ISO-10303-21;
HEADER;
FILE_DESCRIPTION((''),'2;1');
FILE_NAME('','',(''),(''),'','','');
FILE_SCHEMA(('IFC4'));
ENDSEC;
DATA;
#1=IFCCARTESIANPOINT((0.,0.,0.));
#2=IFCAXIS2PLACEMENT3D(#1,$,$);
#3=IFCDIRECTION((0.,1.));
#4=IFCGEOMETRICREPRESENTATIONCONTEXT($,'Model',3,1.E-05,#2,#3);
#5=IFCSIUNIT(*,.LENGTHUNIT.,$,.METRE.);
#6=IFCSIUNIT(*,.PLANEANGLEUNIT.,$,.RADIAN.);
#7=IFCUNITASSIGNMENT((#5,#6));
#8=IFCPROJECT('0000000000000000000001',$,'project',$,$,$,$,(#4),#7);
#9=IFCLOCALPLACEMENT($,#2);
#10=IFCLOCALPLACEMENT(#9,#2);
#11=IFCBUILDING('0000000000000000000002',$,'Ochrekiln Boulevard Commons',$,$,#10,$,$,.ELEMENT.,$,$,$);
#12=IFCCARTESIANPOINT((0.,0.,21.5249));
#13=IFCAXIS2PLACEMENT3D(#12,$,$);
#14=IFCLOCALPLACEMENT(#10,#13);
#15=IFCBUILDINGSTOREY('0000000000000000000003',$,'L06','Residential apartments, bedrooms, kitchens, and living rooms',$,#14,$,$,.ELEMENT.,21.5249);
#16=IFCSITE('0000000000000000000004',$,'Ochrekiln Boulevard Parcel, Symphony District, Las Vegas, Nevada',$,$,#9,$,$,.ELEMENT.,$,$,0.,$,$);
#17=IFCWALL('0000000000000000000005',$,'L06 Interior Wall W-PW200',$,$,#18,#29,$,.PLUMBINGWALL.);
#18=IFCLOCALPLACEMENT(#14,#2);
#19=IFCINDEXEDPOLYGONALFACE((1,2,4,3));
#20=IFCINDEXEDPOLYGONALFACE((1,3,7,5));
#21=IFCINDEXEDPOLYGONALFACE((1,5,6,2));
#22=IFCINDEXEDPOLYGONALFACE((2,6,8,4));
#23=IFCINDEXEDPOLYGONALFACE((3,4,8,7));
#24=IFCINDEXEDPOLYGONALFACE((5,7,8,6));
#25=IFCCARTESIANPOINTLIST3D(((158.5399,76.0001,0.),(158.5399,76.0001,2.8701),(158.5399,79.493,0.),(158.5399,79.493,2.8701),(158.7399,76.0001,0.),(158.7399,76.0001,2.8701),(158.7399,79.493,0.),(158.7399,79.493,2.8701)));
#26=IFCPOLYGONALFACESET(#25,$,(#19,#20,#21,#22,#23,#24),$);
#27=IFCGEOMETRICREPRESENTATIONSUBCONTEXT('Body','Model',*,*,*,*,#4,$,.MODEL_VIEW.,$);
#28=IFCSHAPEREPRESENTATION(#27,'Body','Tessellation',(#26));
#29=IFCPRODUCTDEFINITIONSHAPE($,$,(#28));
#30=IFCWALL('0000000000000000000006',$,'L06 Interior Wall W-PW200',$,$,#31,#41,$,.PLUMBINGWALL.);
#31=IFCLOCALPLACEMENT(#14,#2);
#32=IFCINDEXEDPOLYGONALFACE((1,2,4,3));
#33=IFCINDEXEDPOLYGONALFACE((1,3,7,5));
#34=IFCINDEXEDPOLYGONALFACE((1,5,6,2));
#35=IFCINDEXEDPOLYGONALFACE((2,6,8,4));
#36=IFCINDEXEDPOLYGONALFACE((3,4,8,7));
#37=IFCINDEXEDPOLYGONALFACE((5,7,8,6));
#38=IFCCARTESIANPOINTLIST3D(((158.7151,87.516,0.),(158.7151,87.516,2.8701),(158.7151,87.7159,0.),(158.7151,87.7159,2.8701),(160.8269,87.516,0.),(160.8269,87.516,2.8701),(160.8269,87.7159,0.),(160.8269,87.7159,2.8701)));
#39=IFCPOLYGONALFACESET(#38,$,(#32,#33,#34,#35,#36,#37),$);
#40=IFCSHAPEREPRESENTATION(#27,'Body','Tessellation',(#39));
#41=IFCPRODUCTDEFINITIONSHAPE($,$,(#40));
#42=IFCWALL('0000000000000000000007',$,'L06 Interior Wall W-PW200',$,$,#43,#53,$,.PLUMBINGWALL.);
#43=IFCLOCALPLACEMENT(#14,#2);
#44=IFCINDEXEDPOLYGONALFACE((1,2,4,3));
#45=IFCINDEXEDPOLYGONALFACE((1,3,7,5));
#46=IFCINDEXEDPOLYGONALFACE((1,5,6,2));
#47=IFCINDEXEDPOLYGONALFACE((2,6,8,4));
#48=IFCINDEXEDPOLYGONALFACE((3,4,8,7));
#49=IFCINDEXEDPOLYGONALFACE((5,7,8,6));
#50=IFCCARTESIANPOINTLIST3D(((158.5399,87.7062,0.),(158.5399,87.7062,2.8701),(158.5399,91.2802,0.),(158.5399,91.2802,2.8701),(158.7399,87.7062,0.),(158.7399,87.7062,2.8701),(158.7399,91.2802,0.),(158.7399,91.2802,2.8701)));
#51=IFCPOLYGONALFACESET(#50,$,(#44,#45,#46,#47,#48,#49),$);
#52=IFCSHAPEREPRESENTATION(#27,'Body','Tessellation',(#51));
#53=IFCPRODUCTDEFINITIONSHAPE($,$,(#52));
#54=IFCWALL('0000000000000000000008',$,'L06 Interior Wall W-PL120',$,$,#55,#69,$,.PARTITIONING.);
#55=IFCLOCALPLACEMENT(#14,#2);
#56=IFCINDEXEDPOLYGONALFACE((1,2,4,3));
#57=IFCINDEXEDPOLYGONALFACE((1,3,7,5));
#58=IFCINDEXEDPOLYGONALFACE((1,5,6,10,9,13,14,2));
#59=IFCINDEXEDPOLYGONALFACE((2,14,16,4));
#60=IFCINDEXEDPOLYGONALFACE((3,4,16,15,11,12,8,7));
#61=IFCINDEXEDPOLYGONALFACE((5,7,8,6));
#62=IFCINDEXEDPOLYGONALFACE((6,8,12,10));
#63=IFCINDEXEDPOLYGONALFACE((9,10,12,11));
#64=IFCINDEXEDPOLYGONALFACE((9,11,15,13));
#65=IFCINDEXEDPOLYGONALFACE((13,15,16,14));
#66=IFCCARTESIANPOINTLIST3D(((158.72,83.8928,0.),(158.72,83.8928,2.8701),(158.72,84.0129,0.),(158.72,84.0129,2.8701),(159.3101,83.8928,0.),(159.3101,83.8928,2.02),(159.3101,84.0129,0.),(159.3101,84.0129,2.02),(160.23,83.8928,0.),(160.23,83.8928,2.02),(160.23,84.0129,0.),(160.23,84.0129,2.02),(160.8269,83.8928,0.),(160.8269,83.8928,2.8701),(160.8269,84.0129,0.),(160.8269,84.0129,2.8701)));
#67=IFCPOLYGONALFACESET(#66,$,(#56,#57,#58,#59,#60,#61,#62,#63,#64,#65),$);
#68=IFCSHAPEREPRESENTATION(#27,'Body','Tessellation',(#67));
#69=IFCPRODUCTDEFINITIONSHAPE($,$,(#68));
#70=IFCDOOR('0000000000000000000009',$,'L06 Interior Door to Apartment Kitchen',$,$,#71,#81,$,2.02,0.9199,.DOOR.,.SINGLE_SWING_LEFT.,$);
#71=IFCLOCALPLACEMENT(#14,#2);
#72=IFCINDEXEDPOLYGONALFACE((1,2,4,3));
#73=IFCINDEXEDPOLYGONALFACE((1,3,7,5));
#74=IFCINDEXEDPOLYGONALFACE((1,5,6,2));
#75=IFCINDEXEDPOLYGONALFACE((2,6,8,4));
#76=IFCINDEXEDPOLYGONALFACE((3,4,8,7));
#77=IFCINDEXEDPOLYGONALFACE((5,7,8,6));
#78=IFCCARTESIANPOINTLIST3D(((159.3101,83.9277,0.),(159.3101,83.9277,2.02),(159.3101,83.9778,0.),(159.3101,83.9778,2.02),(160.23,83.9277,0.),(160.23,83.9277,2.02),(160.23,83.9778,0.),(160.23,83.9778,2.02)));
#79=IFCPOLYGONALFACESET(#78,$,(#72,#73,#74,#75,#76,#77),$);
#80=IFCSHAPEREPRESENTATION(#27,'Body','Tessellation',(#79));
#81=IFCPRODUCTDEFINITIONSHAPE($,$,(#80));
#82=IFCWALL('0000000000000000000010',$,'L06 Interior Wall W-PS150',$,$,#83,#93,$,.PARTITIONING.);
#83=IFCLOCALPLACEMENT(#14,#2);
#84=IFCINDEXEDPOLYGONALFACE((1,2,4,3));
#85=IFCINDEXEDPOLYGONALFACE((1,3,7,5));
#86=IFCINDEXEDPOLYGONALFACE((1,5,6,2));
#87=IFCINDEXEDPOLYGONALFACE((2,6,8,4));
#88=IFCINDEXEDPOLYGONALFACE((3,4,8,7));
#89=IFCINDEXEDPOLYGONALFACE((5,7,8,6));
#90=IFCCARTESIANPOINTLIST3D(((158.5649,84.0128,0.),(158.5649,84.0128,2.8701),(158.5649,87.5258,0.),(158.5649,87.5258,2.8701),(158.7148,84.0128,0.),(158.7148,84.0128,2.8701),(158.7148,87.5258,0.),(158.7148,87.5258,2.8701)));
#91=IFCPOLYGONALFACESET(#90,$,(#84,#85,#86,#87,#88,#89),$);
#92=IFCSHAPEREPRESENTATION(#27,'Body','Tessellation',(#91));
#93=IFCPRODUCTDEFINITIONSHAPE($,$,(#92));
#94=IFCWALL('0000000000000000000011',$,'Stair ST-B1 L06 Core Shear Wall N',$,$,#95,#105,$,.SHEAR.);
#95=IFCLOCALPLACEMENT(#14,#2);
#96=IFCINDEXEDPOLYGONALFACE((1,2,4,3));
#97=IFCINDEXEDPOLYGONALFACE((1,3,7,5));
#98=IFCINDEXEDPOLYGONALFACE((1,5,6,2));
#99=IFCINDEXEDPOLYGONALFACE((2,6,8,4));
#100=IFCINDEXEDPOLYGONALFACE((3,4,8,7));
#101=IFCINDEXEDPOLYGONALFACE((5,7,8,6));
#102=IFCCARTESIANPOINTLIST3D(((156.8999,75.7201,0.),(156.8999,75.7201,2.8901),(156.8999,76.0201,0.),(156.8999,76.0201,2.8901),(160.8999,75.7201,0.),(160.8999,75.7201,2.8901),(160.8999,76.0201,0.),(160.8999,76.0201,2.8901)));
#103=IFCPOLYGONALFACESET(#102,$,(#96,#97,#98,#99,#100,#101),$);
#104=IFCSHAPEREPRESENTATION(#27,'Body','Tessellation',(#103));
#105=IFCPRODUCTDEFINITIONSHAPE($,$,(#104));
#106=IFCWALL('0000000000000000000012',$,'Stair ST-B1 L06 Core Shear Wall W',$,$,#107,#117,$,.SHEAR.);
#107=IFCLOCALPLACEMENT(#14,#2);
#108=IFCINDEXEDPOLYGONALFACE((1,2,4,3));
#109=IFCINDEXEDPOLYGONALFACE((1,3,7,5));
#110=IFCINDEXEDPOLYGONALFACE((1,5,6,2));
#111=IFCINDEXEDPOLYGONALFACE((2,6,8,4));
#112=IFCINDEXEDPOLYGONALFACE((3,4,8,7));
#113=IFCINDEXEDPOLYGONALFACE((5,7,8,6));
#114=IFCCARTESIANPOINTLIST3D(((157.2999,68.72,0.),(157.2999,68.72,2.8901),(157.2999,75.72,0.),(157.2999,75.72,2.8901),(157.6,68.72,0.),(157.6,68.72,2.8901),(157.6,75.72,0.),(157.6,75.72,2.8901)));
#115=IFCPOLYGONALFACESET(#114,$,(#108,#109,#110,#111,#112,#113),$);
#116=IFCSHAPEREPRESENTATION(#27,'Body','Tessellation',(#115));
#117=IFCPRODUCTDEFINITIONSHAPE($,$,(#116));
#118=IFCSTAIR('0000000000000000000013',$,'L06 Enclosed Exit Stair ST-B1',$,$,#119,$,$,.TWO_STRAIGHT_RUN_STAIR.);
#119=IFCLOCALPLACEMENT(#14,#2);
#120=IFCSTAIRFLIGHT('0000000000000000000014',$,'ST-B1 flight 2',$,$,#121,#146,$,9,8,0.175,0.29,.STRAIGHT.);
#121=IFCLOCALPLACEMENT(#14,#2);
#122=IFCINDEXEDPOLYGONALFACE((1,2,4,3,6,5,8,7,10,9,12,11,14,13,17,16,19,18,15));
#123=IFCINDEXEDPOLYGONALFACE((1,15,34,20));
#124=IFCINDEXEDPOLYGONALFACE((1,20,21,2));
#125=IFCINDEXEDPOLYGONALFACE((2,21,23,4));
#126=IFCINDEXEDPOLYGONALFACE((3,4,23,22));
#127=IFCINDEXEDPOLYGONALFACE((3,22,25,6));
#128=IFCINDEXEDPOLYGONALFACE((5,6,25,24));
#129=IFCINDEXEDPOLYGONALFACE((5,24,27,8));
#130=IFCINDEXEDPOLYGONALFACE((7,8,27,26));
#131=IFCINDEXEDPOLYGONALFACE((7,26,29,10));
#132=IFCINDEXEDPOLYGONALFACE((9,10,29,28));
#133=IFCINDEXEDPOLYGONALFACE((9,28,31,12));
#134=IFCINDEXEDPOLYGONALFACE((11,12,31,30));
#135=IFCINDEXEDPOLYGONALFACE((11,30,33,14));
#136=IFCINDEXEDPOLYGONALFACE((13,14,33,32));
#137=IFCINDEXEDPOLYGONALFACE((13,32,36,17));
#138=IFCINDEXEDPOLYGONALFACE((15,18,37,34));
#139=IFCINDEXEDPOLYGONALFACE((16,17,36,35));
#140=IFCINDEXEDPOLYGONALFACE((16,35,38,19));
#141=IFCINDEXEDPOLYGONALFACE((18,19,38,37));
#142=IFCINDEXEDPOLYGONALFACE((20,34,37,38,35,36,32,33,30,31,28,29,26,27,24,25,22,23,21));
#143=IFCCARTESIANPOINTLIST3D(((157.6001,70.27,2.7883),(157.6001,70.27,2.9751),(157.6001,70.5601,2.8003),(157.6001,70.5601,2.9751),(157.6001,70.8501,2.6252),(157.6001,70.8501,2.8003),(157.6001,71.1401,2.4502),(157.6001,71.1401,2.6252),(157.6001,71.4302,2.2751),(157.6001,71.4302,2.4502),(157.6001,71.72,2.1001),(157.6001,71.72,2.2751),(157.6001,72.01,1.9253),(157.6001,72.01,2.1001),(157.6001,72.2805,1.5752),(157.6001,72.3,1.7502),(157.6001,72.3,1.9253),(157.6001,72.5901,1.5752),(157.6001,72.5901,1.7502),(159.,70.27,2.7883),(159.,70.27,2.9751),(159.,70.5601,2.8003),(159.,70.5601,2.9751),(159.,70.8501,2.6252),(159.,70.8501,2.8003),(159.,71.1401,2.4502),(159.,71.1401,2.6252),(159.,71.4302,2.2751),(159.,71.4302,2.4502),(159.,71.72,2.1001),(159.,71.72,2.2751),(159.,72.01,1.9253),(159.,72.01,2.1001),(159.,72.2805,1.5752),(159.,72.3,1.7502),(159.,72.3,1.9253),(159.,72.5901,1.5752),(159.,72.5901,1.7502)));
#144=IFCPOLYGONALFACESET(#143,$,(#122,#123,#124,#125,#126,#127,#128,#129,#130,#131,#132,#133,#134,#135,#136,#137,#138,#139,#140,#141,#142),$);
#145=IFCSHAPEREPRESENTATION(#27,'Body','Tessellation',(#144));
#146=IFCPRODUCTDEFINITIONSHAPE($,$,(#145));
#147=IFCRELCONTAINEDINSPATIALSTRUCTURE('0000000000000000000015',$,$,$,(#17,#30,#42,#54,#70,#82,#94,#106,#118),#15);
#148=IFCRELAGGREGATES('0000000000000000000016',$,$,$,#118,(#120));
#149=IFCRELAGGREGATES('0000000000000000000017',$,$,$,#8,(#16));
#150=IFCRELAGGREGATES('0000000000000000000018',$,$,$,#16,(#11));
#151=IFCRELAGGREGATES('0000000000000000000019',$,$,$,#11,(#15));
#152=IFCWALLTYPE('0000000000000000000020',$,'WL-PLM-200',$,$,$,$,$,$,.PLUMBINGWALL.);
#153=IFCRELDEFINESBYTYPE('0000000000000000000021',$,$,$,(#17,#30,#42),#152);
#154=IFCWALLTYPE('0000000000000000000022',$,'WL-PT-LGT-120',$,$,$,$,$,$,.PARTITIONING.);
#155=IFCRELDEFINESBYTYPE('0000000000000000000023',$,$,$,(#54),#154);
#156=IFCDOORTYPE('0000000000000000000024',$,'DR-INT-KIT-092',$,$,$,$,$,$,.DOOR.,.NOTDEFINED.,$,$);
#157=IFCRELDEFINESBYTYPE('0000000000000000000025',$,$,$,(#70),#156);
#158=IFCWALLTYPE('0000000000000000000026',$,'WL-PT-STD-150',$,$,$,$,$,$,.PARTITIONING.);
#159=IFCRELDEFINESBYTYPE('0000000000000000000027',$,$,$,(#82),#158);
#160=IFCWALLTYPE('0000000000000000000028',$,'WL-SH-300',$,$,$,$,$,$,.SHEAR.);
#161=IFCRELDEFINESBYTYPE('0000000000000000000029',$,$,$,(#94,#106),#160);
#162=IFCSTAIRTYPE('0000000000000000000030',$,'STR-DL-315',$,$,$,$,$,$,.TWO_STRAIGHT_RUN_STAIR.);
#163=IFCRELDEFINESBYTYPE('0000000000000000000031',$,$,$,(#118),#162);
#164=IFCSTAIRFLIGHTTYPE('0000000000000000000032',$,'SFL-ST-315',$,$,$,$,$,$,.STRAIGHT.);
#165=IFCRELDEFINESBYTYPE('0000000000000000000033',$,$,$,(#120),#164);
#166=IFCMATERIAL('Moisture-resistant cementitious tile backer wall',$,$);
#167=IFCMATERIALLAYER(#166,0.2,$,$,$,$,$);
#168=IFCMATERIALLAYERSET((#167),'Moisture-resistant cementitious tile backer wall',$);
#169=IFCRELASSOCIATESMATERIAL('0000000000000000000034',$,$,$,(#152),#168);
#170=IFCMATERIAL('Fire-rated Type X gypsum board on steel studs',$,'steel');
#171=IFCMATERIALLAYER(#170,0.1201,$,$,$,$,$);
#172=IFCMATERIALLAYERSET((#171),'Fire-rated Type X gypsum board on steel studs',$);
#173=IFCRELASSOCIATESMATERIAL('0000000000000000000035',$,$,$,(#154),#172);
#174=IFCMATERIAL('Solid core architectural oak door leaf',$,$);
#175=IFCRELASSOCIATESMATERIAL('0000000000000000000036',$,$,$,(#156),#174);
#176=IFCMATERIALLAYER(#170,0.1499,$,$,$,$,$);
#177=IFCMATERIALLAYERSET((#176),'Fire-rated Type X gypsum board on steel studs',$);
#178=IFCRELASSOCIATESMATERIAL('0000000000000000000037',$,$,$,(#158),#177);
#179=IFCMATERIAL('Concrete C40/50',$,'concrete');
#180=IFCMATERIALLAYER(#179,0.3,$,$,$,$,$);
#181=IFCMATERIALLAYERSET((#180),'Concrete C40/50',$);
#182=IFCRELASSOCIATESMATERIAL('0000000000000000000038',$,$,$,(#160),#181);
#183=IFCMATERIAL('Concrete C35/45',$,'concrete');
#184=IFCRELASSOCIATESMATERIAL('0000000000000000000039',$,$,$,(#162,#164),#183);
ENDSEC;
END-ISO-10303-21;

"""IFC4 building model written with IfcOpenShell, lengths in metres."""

from ifc_helpers import new_model, si_unit, direction, frame, frame_2d, origin, place, context, subcontext, project, spatial, polyline, rectangle, outline, extrude, material, layer, layer_set, type_object, element, fill, aggregate, save


model = new_model("IFC4")

# Units and contexts
model_context = context("Model", 3, precision=1e-05, world=origin(), true_north=direction((0.0, 1.0)))
body_context = subcontext(model_context, "Body", "Model", "MODEL_VIEW")
ifc_project = project(units=[si_unit("LENGTHUNIT", "METRE"), si_unit("PLANEANGLEUNIT", "RADIAN")], contexts=[model_context])

# Site, building, storey
site_placement = place(None, origin())
site = spatial("IfcSite", under=ifc_project, at=site_placement, Name="Ochrekiln Boulevard Parcel, Symphony District, Las Vegas, Nevada", CompositionType="ELEMENT", RefElevation=0.0)
building_placement = place(site_placement, origin())
building = spatial("IfcBuilding", under=site, at=building_placement, Name="Ochrekiln Boulevard Commons", CompositionType="ELEMENT")
storey_placement = place(building_placement, frame((0.0, 0.0, 21.5249)))
storey = spatial("IfcBuildingStorey", under=building, at=storey_placement, Name="L06", Description="Residential apartments, bedrooms, kitchens, and living rooms", CompositionType="ELEMENT", Elevation=21.5249)

# Shared definitions
ifc_material_1 = material(Name="Concrete C40/50", Category="concrete")

# Shared definitions
ifc_material_2 = material(Name="Moisture-resistant cementitious tile backer wall")
ifc_layer_1 = layer(ifc_material_2, 0.2)
ifc_layer_set_1 = layer_set([ifc_layer_1], Name="Moisture-resistant cementitious tile backer wall")
wall_type_1 = type_object("IfcWallType", Name="WL-PLM-200", PredefinedType="PLUMBINGWALL", material=ifc_layer_set_1)
ifc_material_3 = material(Name="Solid core architectural oak door leaf")

# Walls
wall_1_placement = place(storey_placement, frame((158.6399, 76.0, 0.0), z_axis=(0.0, 0.0, 1.0), x_axis=(0.0, 1.0, 0.0)))
element("IfcWall", 1, at=wall_1_placement, inside=storey, type_object=wall_type_1, Name="L06 Interior Wall W-PW200", PredefinedType="PLUMBINGWALL", context=body_context, shape_type="SweptSolid", body=[
    extrude(rectangle(XDim=3.4929, YDim=0.2, at=frame_2d((1.7466, 0.0))), origin(), (0.0, 0.0, 1.0), 2.8701),
])
wall_2_placement = place(storey_placement, frame((158.7151, 87.616, 0.0), z_axis=(0.0, 0.0, 1.0), x_axis=(1.0, 0.0, 0.0)))
element("IfcWall", 2, at=wall_2_placement, inside=storey, type_object=wall_type_1, Name="L06 Interior Wall W-PW200", PredefinedType="PLUMBINGWALL", context=body_context, shape_type="SweptSolid", body=[
    extrude(rectangle(XDim=2.1118, YDim=0.2, at=frame_2d((1.0559, 0.0))), origin(), (0.0, 0.0, 1.0), 2.8701),
])
wall_3_placement = place(storey_placement, frame((158.6399, 87.7061, 0.0), z_axis=(0.0, 0.0, 1.0), x_axis=(0.0, 1.0, 0.0)))
element("IfcWall", 3, at=wall_3_placement, inside=storey, type_object=wall_type_1, Name="L06 Interior Wall W-PW200", PredefinedType="PLUMBINGWALL", context=body_context, shape_type="SweptSolid", body=[
    extrude(rectangle(XDim=3.574, YDim=0.2, at=frame_2d((1.7871, 0.0))), origin(), (0.0, 0.0, 1.0), 2.8701),
])

# Wall, opening, door
ifc_material_4 = material(Name="Fire-rated Type X gypsum board on steel studs", Category="steel")
ifc_layer_2 = layer(ifc_material_4, 0.1201)
ifc_layer_set_2 = layer_set([ifc_layer_2], Name="Fire-rated Type X gypsum board on steel studs")
wall_type_2 = type_object("IfcWallType", Name="WL-PT-LGT-120", PredefinedType="PARTITIONING", material=ifc_layer_set_2)
wall_4_placement = place(storey_placement, frame((158.72, 83.9529, 0.0), z_axis=(0.0, 0.0, 1.0), x_axis=(1.0, 0.0, 0.0)))
wall_4 = element("IfcWall", 4, at=wall_4_placement, inside=storey, type_object=wall_type_2, Name="L06 Interior Wall W-PL120", PredefinedType="PARTITIONING", context=body_context, shape_type="SweptSolid", body=[
    extrude(rectangle(XDim=2.1069, YDim=0.1201, at=frame_2d((1.0535, 0.0))), origin(), (0.0, 0.0, 1.0), 2.8701),
])
opening_1_placement = place(wall_4_placement, frame((0.5901, 0.0, 0.0)))
opening_1 = element("IfcOpeningElement", 5, at=opening_1_placement, cuts=wall_4, PredefinedType="OPENING", context=body_context, shape_type="SweptSolid", body=[
    extrude(rectangle(XDim=0.9199, YDim=2.02, at=frame_2d((0.46, 1.01))), frame((0.0, 0.0701, 0.0), z_axis=(0.0, -1.0, 0.0), x_axis=(1.0, 0.0, 0.0)), (0.0, 0.0, 1.0), 0.1401),
])
door_type_1 = type_object("IfcDoorType", Name="DR-INT-KIT-092", OperationType="NOTDEFINED", PredefinedType="DOOR", material=ifc_material_3)
door_1_placement = place(opening_1_placement, origin())
door_1 = element("IfcDoor", 6, at=door_1_placement, inside=storey, type_object=door_type_1, Name="L06 Interior Door to Apartment Kitchen", OperationType="SINGLE_SWING_LEFT", OverallHeight=2.02, OverallWidth=0.9199, PredefinedType="DOOR", context=body_context, shape_type="SweptSolid", body=[
    extrude(rectangle(XDim=0.9199, YDim=2.02, at=frame_2d((0.46, 1.01))), frame((0.0, 0.0249, 0.0), z_axis=(0.0, -1.0, 0.0), x_axis=(1.0, 0.0, 0.0)), (0.0, 0.0, 1.0), 0.05),
])
fill(opening_1, door_1)

# Walls
ifc_layer_3 = layer(ifc_material_4, 0.1499)
ifc_layer_set_3 = layer_set([ifc_layer_3], Name="Fire-rated Type X gypsum board on steel studs")
wall_type_3 = type_object("IfcWallType", Name="WL-PT-STD-150", PredefinedType="PARTITIONING", material=ifc_layer_set_3)
wall_5_placement = place(storey_placement, frame((158.6399, 84.0129, 0.0), z_axis=(0.0, 0.0, 1.0), x_axis=(0.0, 1.0, 0.0)))
element("IfcWall", 7, at=wall_5_placement, inside=storey, type_object=wall_type_3, Name="L06 Interior Wall W-PS150", PredefinedType="PARTITIONING", context=body_context, shape_type="SweptSolid", body=[
    extrude(rectangle(XDim=3.5129, YDim=0.1499, at=frame_2d((1.7563, 0.0))), origin(), (0.0, 0.0, 1.0), 2.8701),
])
ifc_layer_4 = layer(ifc_material_1, 0.3)
ifc_layer_set_4 = layer_set([ifc_layer_4], Name="Concrete C40/50")
wall_type_4 = type_object("IfcWallType", Name="WL-SH-300", PredefinedType="SHEAR", material=ifc_layer_set_4)
wall_6_placement = place(storey_placement, frame((156.8999, 75.8701, 0.0), z_axis=(0.0, 0.0, 1.0), x_axis=(1.0, 0.0, 0.0)))
element("IfcWall", 8, at=wall_6_placement, inside=storey, type_object=wall_type_4, Name="Stair ST-B1 L06 Core Shear Wall N", PredefinedType="SHEAR", context=body_context, shape_type="SweptSolid", body=[
    extrude(rectangle(XDim=4.0, YDim=0.3, at=frame_2d((2.0, 0.0))), origin(), (0.0, 0.0, 1.0), 2.8901),
])
wall_7_placement = place(storey_placement, frame((157.45, 68.72, 0.0), z_axis=(0.0, 0.0, 1.0), x_axis=(0.0, 1.0, 0.0)))
element("IfcWall", 9, at=wall_7_placement, inside=storey, type_object=wall_type_4, Name="Stair ST-B1 L06 Core Shear Wall W", PredefinedType="SHEAR", context=body_context, shape_type="SweptSolid", body=[
    extrude(rectangle(XDim=7.0, YDim=0.3, at=frame_2d((3.5, 0.0))), origin(), (0.0, 0.0, 1.0), 2.8901),
])

# Stair, stair flight
ifc_material_5 = material(Name="Concrete C35/45", Category="concrete")
stair_type = type_object("IfcStairType", Name="STR-DL-315", PredefinedType="TWO_STRAIGHT_RUN_STAIR", material=ifc_material_5)
stair_placement = place(storey_placement, origin())
stair = element("IfcStair", 10, at=stair_placement, inside=storey, type_object=stair_type, Name="L06 Enclosed Exit Stair ST-B1", PredefinedType="TWO_STRAIGHT_RUN_STAIR")
stair_flight_type = type_object("IfcStairFlightType", Name="SFL-ST-315", PredefinedType="STRAIGHT", material=ifc_material_5)
stair_flight_placement = place(storey_placement, frame((158.3, 72.5901, 1.5752), z_axis=(0.0, 0.0, 1.0), x_axis=(0.0, -1.0, 0.0)))
stair_flight = element("IfcStairFlight", 11, at=stair_flight_placement, type_object=stair_flight_type, Name="ST-B1 flight 2", NumberOfRisers=9, NumberOfTreads=8, PredefinedType="STRAIGHT", RiserHeight=0.175, TreadLength=0.29, context=body_context, shape_type="SweptSolid", body=[
    extrude(outline(polyline([(0.0, 0.0), (0.0, 0.175), (0.29, 0.175), (0.29, 0.3501), (0.5801, 0.3501), (0.5801, 0.5249), (0.8701, 0.5249), (0.8701, 0.7), (1.1599, 0.7), (1.1599, 0.875), (1.45, 0.875), (1.45, 1.05), (1.74, 1.05), (1.74, 1.2251), (2.03, 1.2251), (2.03, 1.3999), (2.3201, 1.3999), (2.3201, 1.575), (2.3201, 1.2131), (0.3096, 0.0), (0.0, 0.0)])), frame((0.0, 0.7, 0.0), z_axis=(0.0, -1.0, 0.0), x_axis=(1.0, 0.0, 0.0)), (0.0, 0.0, 1.0), 1.3999),
])
aggregate(stair, [stair_flight])

save(model, "model.ifc")
